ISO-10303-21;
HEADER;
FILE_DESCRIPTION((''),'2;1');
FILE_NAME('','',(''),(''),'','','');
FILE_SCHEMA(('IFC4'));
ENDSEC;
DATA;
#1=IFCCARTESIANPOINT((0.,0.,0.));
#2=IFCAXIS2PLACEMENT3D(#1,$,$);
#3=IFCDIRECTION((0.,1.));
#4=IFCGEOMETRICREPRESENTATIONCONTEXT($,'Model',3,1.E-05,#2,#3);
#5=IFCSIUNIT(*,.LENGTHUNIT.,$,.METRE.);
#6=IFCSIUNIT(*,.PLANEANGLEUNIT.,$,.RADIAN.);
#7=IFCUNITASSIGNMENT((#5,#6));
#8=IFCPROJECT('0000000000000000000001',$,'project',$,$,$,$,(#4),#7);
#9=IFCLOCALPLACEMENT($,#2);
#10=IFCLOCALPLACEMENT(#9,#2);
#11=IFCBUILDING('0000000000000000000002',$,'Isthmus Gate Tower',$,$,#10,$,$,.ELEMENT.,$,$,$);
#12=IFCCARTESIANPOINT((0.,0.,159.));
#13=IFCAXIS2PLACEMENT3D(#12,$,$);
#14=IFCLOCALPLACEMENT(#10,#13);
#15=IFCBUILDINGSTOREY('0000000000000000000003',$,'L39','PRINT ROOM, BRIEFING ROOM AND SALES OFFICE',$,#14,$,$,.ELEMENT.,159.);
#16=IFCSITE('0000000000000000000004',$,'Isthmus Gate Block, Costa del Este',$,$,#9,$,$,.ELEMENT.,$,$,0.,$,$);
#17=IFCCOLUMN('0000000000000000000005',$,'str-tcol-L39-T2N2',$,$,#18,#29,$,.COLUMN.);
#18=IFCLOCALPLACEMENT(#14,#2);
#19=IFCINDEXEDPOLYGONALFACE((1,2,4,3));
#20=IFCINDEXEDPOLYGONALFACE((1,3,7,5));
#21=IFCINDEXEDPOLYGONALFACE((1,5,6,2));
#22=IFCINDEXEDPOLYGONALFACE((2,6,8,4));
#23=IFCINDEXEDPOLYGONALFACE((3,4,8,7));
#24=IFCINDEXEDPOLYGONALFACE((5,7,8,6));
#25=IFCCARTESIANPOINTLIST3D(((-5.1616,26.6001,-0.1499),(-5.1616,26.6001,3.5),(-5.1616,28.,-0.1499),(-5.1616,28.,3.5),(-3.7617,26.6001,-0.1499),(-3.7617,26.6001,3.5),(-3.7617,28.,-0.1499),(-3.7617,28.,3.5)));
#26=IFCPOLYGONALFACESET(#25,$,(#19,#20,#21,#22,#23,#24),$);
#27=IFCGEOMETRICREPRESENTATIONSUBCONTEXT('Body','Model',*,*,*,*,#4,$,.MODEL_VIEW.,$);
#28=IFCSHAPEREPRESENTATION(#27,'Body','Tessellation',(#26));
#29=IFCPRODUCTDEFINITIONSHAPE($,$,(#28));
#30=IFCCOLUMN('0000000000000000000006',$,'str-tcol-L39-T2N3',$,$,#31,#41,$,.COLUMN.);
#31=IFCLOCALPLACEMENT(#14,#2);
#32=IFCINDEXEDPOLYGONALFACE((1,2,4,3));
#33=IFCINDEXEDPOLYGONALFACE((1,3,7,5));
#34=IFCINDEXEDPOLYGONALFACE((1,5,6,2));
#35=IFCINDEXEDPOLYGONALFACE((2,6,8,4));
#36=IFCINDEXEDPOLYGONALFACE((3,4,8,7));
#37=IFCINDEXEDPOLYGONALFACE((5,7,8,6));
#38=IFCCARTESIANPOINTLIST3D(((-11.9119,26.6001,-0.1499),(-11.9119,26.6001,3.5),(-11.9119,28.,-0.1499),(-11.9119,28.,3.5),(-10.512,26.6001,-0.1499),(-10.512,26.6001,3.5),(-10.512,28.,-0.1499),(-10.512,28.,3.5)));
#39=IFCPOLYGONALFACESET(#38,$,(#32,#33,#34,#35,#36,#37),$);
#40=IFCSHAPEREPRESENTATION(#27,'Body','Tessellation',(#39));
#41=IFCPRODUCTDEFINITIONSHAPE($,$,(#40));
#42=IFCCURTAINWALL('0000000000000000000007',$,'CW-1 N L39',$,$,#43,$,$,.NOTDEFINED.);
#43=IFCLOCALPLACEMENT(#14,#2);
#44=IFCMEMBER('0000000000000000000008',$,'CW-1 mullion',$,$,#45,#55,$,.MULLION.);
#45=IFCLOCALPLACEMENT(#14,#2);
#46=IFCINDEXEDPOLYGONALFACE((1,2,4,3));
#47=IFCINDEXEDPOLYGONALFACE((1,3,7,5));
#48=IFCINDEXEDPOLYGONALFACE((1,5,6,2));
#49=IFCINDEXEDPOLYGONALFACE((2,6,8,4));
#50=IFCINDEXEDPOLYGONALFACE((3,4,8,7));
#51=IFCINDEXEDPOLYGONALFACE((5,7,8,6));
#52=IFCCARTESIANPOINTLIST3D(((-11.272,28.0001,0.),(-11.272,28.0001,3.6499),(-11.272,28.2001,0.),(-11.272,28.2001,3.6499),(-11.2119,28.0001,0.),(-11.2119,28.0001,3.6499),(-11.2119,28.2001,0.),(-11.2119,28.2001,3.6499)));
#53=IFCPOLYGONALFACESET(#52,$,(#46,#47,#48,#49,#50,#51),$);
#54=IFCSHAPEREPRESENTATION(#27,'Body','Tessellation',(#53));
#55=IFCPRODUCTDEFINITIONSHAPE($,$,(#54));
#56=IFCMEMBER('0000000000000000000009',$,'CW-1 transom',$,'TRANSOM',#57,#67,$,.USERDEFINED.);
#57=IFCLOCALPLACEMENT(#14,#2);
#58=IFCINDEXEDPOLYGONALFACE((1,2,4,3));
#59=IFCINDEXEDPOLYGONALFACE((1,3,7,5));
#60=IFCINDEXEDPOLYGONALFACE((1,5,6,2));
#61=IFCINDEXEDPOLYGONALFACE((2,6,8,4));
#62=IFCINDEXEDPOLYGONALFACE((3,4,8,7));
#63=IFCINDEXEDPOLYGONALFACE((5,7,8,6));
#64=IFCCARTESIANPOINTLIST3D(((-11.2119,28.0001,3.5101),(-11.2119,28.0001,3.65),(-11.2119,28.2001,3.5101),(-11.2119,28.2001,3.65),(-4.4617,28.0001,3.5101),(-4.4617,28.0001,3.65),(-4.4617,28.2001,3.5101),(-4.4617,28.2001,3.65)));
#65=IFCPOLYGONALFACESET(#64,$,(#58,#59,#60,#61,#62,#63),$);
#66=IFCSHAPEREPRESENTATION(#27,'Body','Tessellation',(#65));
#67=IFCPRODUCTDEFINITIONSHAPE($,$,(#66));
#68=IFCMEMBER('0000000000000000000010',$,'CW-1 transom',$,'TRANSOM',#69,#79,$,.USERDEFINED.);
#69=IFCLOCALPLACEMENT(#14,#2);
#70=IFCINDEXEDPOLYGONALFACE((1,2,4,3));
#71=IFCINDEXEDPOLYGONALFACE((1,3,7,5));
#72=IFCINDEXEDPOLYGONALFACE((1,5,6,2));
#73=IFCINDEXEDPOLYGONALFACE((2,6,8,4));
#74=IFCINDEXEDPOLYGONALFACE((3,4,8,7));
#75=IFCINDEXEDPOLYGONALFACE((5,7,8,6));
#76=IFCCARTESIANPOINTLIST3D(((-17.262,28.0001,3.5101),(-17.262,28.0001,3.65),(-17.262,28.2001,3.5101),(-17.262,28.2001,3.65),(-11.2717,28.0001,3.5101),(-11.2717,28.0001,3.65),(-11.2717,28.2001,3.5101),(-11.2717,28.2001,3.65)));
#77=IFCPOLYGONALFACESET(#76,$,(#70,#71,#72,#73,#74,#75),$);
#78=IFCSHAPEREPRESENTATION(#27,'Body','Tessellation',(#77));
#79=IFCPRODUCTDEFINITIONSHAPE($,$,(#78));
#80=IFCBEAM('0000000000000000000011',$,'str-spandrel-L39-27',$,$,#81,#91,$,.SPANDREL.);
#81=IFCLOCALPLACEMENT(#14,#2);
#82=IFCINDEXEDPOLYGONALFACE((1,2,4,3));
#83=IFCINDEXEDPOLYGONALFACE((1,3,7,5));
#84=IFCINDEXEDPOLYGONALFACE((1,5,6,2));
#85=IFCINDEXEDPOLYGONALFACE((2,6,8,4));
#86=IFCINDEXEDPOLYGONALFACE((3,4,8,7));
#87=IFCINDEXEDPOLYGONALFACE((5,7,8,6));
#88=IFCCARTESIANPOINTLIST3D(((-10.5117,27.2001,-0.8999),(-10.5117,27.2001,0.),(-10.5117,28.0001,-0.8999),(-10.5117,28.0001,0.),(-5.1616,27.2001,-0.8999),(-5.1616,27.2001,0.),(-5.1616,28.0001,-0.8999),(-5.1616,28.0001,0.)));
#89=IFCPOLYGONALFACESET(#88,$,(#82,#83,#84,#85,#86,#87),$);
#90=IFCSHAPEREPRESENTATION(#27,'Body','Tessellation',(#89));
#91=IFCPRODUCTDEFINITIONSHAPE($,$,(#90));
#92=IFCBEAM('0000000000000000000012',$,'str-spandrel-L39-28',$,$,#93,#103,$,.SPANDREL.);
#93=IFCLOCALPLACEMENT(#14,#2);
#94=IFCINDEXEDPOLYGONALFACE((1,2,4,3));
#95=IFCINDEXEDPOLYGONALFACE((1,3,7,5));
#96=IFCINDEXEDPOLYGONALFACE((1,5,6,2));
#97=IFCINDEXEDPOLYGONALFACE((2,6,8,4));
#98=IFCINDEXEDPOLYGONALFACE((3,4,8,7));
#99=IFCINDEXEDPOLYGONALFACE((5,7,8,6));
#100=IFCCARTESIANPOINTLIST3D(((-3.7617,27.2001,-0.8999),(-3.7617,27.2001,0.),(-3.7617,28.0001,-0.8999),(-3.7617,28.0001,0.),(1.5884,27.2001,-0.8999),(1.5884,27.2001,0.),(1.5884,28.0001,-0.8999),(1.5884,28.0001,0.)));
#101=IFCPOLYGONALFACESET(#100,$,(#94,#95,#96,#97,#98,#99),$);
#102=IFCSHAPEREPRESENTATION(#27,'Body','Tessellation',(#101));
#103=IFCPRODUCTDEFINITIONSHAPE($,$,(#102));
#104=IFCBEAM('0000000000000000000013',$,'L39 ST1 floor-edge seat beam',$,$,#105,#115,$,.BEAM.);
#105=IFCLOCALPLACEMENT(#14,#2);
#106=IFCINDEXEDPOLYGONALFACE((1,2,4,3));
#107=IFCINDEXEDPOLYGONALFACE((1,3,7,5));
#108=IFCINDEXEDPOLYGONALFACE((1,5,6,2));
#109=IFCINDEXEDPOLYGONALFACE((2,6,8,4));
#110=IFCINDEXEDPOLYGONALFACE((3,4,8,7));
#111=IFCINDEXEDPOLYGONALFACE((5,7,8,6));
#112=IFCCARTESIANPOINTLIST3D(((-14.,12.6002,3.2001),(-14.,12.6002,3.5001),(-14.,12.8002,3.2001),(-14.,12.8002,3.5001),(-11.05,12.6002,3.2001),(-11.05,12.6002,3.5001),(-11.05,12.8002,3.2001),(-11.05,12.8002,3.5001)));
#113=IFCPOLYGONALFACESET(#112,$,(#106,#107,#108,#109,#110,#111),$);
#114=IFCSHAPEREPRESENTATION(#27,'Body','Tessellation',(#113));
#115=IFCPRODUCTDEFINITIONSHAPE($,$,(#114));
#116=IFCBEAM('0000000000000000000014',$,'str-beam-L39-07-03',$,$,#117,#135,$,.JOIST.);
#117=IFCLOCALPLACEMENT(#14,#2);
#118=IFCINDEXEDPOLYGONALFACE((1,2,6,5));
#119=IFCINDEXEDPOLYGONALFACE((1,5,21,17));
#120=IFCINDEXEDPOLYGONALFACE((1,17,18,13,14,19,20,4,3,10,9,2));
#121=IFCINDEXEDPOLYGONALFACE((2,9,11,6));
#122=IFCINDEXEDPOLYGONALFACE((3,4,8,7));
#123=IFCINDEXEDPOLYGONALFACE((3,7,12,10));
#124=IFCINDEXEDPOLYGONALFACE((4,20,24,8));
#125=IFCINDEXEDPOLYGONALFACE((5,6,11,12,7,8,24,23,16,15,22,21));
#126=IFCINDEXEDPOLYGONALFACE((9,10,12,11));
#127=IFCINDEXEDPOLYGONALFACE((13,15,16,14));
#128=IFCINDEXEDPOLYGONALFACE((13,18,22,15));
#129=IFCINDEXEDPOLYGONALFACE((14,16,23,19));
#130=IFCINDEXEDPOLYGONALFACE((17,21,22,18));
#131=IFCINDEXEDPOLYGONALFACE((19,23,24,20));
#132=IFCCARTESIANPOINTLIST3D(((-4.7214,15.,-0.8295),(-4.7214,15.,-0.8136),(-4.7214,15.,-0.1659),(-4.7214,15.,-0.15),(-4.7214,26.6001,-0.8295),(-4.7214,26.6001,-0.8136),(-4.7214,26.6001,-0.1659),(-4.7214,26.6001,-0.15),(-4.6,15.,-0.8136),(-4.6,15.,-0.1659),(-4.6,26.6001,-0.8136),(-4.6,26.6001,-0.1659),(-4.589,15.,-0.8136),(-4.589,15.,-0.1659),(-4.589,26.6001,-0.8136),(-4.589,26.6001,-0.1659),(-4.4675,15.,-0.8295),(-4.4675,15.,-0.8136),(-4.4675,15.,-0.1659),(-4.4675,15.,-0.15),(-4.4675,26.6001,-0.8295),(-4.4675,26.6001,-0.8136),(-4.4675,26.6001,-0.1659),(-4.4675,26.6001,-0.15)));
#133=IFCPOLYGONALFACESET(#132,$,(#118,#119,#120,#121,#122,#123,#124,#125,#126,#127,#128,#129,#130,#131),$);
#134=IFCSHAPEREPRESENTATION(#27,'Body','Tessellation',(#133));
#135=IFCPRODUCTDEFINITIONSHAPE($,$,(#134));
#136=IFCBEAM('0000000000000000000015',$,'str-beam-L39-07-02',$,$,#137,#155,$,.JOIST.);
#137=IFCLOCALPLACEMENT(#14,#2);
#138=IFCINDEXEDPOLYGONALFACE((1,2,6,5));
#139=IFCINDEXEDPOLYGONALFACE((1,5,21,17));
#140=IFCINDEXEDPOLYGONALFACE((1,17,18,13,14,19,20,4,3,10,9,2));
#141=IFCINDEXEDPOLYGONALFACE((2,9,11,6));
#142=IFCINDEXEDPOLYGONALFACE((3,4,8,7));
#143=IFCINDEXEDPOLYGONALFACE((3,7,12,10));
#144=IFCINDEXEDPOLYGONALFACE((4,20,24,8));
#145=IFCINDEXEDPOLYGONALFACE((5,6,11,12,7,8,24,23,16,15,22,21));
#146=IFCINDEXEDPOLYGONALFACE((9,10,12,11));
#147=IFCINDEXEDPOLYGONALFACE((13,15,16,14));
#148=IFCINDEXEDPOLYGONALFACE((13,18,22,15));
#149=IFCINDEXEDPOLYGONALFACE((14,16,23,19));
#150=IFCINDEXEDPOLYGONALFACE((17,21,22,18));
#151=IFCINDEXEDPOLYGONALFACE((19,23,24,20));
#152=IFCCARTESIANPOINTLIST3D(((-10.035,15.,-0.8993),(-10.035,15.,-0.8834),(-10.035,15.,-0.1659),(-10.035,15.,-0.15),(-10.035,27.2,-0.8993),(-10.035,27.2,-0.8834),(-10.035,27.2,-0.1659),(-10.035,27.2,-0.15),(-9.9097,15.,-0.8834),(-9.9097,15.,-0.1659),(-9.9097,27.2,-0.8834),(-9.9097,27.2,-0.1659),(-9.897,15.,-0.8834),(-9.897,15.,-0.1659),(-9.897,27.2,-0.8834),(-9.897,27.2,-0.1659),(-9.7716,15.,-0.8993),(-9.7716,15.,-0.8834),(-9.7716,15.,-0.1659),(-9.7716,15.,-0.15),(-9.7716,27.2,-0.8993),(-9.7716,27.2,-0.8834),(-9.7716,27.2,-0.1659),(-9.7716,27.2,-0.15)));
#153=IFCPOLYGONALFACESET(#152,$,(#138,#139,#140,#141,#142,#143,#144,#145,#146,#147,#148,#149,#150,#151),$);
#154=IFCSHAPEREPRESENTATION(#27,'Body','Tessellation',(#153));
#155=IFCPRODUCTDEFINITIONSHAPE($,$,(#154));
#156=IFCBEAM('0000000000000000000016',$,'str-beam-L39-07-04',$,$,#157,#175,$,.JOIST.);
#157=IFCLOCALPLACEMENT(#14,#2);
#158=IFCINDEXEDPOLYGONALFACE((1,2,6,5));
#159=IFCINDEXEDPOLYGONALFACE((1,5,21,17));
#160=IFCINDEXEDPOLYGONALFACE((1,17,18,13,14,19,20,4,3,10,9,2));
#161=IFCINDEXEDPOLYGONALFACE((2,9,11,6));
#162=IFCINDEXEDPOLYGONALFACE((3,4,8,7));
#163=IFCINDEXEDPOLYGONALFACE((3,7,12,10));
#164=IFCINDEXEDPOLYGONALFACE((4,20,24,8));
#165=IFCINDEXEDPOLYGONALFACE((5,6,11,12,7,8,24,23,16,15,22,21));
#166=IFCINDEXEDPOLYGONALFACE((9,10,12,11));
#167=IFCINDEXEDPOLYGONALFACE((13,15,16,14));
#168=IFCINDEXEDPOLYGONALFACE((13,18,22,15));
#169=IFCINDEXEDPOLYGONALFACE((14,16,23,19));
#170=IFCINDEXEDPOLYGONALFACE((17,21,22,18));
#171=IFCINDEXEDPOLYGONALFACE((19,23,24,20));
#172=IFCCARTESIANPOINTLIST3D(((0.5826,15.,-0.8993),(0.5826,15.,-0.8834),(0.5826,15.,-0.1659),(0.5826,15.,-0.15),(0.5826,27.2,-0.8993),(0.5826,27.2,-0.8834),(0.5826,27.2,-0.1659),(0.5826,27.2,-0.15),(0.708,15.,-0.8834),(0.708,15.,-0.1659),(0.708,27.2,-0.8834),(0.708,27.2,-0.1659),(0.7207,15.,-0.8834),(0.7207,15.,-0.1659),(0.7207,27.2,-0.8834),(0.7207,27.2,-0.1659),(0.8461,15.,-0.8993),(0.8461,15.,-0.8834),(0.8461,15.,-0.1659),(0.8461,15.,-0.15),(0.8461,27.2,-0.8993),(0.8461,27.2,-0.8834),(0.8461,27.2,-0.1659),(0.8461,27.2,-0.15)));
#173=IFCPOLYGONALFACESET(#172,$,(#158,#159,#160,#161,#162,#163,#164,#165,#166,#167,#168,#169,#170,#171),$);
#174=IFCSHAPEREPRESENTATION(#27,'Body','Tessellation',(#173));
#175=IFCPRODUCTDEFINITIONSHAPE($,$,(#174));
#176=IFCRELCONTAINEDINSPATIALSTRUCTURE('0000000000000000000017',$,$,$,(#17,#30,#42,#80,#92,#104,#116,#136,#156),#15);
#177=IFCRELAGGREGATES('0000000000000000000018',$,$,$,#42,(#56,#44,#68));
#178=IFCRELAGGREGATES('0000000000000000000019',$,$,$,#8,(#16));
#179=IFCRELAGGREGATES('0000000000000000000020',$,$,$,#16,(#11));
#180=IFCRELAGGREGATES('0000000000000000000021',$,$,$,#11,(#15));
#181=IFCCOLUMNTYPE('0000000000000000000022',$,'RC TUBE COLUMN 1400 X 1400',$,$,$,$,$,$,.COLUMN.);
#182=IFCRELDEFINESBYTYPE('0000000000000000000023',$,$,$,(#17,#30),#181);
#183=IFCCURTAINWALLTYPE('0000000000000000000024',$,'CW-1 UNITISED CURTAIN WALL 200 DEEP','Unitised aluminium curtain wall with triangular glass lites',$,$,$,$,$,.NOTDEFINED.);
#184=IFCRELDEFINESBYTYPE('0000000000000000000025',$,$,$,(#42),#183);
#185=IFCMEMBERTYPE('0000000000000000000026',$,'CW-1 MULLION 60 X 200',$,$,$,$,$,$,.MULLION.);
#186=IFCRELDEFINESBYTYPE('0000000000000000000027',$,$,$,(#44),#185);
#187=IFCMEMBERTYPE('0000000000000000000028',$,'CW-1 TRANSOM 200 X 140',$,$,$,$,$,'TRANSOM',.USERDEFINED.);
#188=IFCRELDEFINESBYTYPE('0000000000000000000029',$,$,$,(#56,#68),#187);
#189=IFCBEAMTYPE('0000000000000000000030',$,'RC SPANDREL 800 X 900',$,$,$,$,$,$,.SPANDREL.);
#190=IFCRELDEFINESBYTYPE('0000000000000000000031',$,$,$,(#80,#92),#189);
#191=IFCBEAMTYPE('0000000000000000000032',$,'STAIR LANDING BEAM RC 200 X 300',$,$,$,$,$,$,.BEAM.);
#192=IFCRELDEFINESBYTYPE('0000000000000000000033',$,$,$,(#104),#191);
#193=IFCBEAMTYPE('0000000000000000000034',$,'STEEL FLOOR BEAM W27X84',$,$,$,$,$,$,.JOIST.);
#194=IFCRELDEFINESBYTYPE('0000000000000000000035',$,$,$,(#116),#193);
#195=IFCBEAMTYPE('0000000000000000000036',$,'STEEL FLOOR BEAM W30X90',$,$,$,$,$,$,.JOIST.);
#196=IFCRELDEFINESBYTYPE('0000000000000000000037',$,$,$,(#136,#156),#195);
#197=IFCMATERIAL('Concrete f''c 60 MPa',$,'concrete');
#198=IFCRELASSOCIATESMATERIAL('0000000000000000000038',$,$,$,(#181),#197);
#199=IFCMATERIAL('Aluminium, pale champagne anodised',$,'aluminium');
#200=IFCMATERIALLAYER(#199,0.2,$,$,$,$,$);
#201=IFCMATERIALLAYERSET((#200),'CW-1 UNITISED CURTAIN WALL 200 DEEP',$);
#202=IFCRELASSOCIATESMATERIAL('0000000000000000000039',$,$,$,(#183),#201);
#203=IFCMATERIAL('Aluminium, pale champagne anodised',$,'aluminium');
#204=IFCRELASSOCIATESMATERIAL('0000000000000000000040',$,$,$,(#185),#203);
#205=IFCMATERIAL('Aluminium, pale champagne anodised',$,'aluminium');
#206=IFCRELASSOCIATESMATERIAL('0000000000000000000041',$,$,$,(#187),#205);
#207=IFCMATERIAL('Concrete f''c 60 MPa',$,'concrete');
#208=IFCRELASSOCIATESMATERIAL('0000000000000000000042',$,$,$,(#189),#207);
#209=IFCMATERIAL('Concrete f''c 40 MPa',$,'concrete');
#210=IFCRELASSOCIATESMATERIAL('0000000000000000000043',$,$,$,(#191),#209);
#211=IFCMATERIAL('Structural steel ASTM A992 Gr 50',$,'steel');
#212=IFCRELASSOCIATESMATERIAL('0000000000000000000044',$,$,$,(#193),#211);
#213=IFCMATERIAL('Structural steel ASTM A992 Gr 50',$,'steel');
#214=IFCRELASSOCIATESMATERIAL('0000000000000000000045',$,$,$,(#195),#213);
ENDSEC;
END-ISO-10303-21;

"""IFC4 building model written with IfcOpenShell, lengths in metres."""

from ifc_helpers import new_model, si_unit, direction, frame, origin, origin_2d, place, context, subcontext, project, spatial, rectangle, i_section, extrude, material, layer, layer_set, material_profile, profile_set, type_object, element, aggregate, save


model = new_model("IFC4")

# Units and contexts
model_context = context("Model", 3, precision=1e-05, world=origin(), true_north=direction((0.0, 1.0)))
body_context = subcontext(model_context, "Body", "Model", "MODEL_VIEW")
ifc_project = project(units=[si_unit("LENGTHUNIT", "METRE"), si_unit("PLANEANGLEUNIT", "RADIAN")], contexts=[model_context])

# Site, building, storey
site_placement = place(None, origin())
site = spatial("IfcSite", under=ifc_project, at=site_placement, Name="Isthmus Gate Block, Costa del Este", CompositionType="ELEMENT", RefElevation=0.0)
building_placement = place(site_placement, origin())
building = spatial("IfcBuilding", under=site, at=building_placement, Name="Isthmus Gate Tower", CompositionType="ELEMENT")
storey_placement = place(building_placement, frame((0.0, 0.0, 159.0)))
storey = spatial("IfcBuildingStorey", under=building, at=storey_placement, Name="L39", Description="PRINT ROOM, BRIEFING ROOM AND SALES OFFICE", CompositionType="ELEMENT", Elevation=159.0)

# Columns
ifc_material_1 = material(Name="Concrete f'c 60 MPa", Category="concrete")
ifc_material_profile_1 = material_profile(ifc_material_1, rectangle(XDim=1.3999, YDim=1.3999, at=origin_2d()), Name="RC 1400X1400")
ifc_profile_set_1 = profile_set([ifc_material_profile_1], Name="Concrete f'c 60 MPa")
column_type = type_object("IfcColumnType", Name="RC TUBE COLUMN 1400 X 1400", PredefinedType="COLUMN", material=ifc_profile_set_1)
for number, where, z_axis, x_axis, name in (
    (1, (-4.4617, 27.3, -0.1499), (0.0, 0.0, 1.0), (-1.0, 0.0, 0.0), "str-tcol-L39-T2N2"),
    (2, (-11.2119, 27.3, -0.1499), (0.0, 0.0, 1.0), (-1.0, 0.0, 0.0), "str-tcol-L39-T2N3"),
):
    element("IfcColumn", number, at=place(storey_placement, frame(where, z_axis=z_axis, x_axis=x_axis)), inside=storey, type_object=column_type, Name=name, PredefinedType="COLUMN", context=body_context, shape_type="SweptSolid", body=[
        extrude(rectangle(XDim=1.3999, YDim=1.3999, at=origin_2d()), origin(), (0.0, 0.0, 1.0), 3.6499),
    ])

# Curtain wall, members
ifc_material_2 = material(Name="Aluminium, pale champagne anodised", Category="aluminium")
ifc_layer_1 = layer(ifc_material_2, 0.2)
ifc_layer_set_1 = layer_set([ifc_layer_1], Name="CW-1 UNITISED CURTAIN WALL 200 DEEP")
curtain_wall_type = type_object("IfcCurtainWallType", Name="CW-1 UNITISED CURTAIN WALL 200 DEEP", Description="Unitised aluminium curtain wall with triangular glass lites", PredefinedType="NOTDEFINED", material=ifc_layer_set_1)
curtain_wall_placement = place(storey_placement, origin())
curtain_wall = element("IfcCurtainWall", 3, at=curtain_wall_placement, inside=storey, type_object=curtain_wall_type, Name="CW-1 N L39", PredefinedType="NOTDEFINED")
ifc_material_3 = material(Name="Aluminium, pale champagne anodised", Category="aluminium")
ifc_material_profile_2 = material_profile(ifc_material_3, rectangle(XDim=0.0601, YDim=0.2, at=origin_2d()), Name="60x200")
ifc_profile_set_2 = profile_set([ifc_material_profile_2], Name="Aluminium, pale champagne anodised")
member_type_1 = type_object("IfcMemberType", Name="CW-1 MULLION 60 X 200", PredefinedType="MULLION", material=ifc_profile_set_2)
member_1_placement = place(storey_placement, frame((-11.2419, 28.1001, 0.0), z_axis=(0.0, 0.0, 1.0), x_axis=(-1.0, 0.0, 0.0)))
member_1 = element("IfcMember", 4, at=member_1_placement, type_object=member_type_1, Name="CW-1 mullion", PredefinedType="MULLION", context=body_context, shape_type="SweptSolid", body=[
    extrude(rectangle(XDim=0.0601, YDim=0.2, at=origin_2d()), origin(), (0.0, 0.0, 1.0), 3.6499),
])
ifc_material_4 = material(Name="Aluminium, pale champagne anodised", Category="aluminium")
ifc_material_profile_3 = material_profile(ifc_material_4, rectangle(XDim=0.2, YDim=0.1399, at=origin_2d()), Name="200x140")
ifc_profile_set_3 = profile_set([ifc_material_profile_3], Name="Aluminium, pale champagne anodised")
member_type_2 = type_object("IfcMemberType", Name="CW-1 TRANSOM 200 X 140", ElementType="TRANSOM", PredefinedType="USERDEFINED", material=ifc_profile_set_3)
member_2_placement = place(storey_placement, frame((-4.4617, 28.1001, 3.5801), z_axis=(-1.0, 0.0, 0.0), x_axis=(0.0, -1.0, 0.0)))
member_2 = element("IfcMember", 5, at=member_2_placement, type_object=member_type_2, Name="CW-1 transom", ObjectType="TRANSOM", PredefinedType="USERDEFINED", context=body_context, shape_type="SweptSolid", body=[
    extrude(rectangle(XDim=0.2, YDim=0.1399, at=origin_2d()), origin(), (0.0, 0.0, 1.0), 6.7502),
])
member_3_placement = place(storey_placement, frame((-11.2717, 28.1001, 3.5801), z_axis=(-1.0, 0.0, 0.0), x_axis=(0.0, -1.0, 0.0)))
member_3 = element("IfcMember", 6, at=member_3_placement, type_object=member_type_2, Name="CW-1 transom", ObjectType="TRANSOM", PredefinedType="USERDEFINED", context=body_context, shape_type="SweptSolid", body=[
    extrude(rectangle(XDim=0.2, YDim=0.1399, at=origin_2d()), origin(), (0.0, 0.0, 1.0), 5.9902),
])

# Beams
ifc_material_5 = material(Name="Concrete f'c 60 MPa", Category="concrete")
ifc_material_profile_4 = material_profile(ifc_material_5, rectangle(XDim=0.8, YDim=0.8999, at=origin_2d()), Name="RC 800X900")
ifc_profile_set_4 = profile_set([ifc_material_profile_4], Name="Concrete f'c 60 MPa")
beam_type_1 = type_object("IfcBeamType", Name="RC SPANDREL 800 X 900", PredefinedType="SPANDREL", material=ifc_profile_set_4)
for number, where, z_axis, x_axis, name in (
    (7, (-10.5117, 27.6001, -0.45), (1.0, 0.0, 0.0), (0.0, 1.0, 0.0), "str-spandrel-L39-27"),
    (8, (-3.7617, 27.6001, -0.45), (1.0, 0.0, 0.0), (0.0, 1.0, 0.0), "str-spandrel-L39-28"),
):
    element("IfcBeam", number, at=place(storey_placement, frame(where, z_axis=z_axis, x_axis=x_axis)), inside=storey, type_object=beam_type_1, Name=name, PredefinedType="SPANDREL", context=body_context, shape_type="SweptSolid", body=[
        extrude(rectangle(XDim=0.8, YDim=0.8999, at=origin_2d()), origin(), (0.0, 0.0, 1.0), 5.3501),
    ])
ifc_material_6 = material(Name="Concrete f'c 40 MPa", Category="concrete")
ifc_material_profile_5 = material_profile(ifc_material_6, rectangle(XDim=0.2, YDim=0.3, at=origin_2d()), Name="STAIR LANDING BEAM RC 200 X 300")
ifc_profile_set_5 = profile_set([ifc_material_profile_5], Name="Concrete f'c 40 MPa")
beam_type_2 = type_object("IfcBeamType", Name="STAIR LANDING BEAM RC 200 X 300", PredefinedType="BEAM", material=ifc_profile_set_5)
beam_1_placement = place(storey_placement, frame((-14.0, 12.7002, 3.3501), z_axis=(1.0, 0.0, 0.0), x_axis=(0.0, 1.0, 0.0)))
element("IfcBeam", 9, at=beam_1_placement, inside=storey, type_object=beam_type_2, Name="L39 ST1 floor-edge seat beam", PredefinedType="BEAM", context=body_context, shape_type="SweptSolid", body=[
    extrude(rectangle(XDim=0.2, YDim=0.3, at=origin_2d()), origin(), (0.0, 0.0, 1.0), 2.95),
])
ifc_material_7 = material(Name="Structural steel ASTM A992 Gr 50", Category="steel")
ifc_material_profile_6 = material_profile(ifc_material_7, i_section(OverallWidth=0.2539, OverallDepth=0.6794, WebThickness=0.011, FlangeThickness=0.0159, at=origin_2d()), Name="W27X84")
ifc_profile_set_6 = profile_set([ifc_material_profile_6], Name="Structural steel ASTM A992 Gr 50")
beam_type_3 = type_object("IfcBeamType", Name="STEEL FLOOR BEAM W27X84", PredefinedType="JOIST", material=ifc_profile_set_6)
beam_2_placement = place(storey_placement, frame((-4.5945, 15.0, -0.4897), z_axis=(0.0, 1.0, 0.0), x_axis=(-1.0, 0.0, 0.0)))
element("IfcBeam", 10, at=beam_2_placement, inside=storey, type_object=beam_type_3, Name="str-beam-L39-07-03", PredefinedType="JOIST", context=body_context, shape_type="SweptSolid", body=[
    extrude(i_section(OverallWidth=0.2539, OverallDepth=0.6794, WebThickness=0.011, FlangeThickness=0.0159, at=origin_2d()), origin(), (0.0, 0.0, 1.0), 11.6001),
])
ifc_material_8 = material(Name="Structural steel ASTM A992 Gr 50", Category="steel")
ifc_material_profile_7 = material_profile(ifc_material_8, i_section(OverallWidth=0.2634, OverallDepth=0.7493, WebThickness=0.0127, FlangeThickness=0.0159, at=origin_2d()), Name="W30X90")
ifc_profile_set_7 = profile_set([ifc_material_profile_7], Name="Structural steel ASTM A992 Gr 50")
beam_type_4 = type_object("IfcBeamType", Name="STEEL FLOOR BEAM W30X90", PredefinedType="JOIST", material=ifc_profile_set_7)
for number, where, z_axis, x_axis, name in (
    (11, (-9.9033, 15.0, -0.5247), (0.0, 1.0, 0.0), (-1.0, 0.0, 0.0), "str-beam-L39-07-02"),
    (12, (0.7144, 15.0, -0.5247), (0.0, 1.0, 0.0), (-1.0, 0.0, 0.0), "str-beam-L39-07-04"),
):
    element("IfcBeam", number, at=place(storey_placement, frame(where, z_axis=z_axis, x_axis=x_axis)), inside=storey, type_object=beam_type_4, Name=name, PredefinedType="JOIST", context=body_context, shape_type="SweptSolid", body=[
        extrude(i_section(OverallWidth=0.2634, OverallDepth=0.7493, WebThickness=0.0127, FlangeThickness=0.0159, at=origin_2d()), origin(), (0.0, 0.0, 1.0), 12.2),
    ])

aggregate(curtain_wall, [member_2, member_1, member_3])

save(model, "model.ifc")
